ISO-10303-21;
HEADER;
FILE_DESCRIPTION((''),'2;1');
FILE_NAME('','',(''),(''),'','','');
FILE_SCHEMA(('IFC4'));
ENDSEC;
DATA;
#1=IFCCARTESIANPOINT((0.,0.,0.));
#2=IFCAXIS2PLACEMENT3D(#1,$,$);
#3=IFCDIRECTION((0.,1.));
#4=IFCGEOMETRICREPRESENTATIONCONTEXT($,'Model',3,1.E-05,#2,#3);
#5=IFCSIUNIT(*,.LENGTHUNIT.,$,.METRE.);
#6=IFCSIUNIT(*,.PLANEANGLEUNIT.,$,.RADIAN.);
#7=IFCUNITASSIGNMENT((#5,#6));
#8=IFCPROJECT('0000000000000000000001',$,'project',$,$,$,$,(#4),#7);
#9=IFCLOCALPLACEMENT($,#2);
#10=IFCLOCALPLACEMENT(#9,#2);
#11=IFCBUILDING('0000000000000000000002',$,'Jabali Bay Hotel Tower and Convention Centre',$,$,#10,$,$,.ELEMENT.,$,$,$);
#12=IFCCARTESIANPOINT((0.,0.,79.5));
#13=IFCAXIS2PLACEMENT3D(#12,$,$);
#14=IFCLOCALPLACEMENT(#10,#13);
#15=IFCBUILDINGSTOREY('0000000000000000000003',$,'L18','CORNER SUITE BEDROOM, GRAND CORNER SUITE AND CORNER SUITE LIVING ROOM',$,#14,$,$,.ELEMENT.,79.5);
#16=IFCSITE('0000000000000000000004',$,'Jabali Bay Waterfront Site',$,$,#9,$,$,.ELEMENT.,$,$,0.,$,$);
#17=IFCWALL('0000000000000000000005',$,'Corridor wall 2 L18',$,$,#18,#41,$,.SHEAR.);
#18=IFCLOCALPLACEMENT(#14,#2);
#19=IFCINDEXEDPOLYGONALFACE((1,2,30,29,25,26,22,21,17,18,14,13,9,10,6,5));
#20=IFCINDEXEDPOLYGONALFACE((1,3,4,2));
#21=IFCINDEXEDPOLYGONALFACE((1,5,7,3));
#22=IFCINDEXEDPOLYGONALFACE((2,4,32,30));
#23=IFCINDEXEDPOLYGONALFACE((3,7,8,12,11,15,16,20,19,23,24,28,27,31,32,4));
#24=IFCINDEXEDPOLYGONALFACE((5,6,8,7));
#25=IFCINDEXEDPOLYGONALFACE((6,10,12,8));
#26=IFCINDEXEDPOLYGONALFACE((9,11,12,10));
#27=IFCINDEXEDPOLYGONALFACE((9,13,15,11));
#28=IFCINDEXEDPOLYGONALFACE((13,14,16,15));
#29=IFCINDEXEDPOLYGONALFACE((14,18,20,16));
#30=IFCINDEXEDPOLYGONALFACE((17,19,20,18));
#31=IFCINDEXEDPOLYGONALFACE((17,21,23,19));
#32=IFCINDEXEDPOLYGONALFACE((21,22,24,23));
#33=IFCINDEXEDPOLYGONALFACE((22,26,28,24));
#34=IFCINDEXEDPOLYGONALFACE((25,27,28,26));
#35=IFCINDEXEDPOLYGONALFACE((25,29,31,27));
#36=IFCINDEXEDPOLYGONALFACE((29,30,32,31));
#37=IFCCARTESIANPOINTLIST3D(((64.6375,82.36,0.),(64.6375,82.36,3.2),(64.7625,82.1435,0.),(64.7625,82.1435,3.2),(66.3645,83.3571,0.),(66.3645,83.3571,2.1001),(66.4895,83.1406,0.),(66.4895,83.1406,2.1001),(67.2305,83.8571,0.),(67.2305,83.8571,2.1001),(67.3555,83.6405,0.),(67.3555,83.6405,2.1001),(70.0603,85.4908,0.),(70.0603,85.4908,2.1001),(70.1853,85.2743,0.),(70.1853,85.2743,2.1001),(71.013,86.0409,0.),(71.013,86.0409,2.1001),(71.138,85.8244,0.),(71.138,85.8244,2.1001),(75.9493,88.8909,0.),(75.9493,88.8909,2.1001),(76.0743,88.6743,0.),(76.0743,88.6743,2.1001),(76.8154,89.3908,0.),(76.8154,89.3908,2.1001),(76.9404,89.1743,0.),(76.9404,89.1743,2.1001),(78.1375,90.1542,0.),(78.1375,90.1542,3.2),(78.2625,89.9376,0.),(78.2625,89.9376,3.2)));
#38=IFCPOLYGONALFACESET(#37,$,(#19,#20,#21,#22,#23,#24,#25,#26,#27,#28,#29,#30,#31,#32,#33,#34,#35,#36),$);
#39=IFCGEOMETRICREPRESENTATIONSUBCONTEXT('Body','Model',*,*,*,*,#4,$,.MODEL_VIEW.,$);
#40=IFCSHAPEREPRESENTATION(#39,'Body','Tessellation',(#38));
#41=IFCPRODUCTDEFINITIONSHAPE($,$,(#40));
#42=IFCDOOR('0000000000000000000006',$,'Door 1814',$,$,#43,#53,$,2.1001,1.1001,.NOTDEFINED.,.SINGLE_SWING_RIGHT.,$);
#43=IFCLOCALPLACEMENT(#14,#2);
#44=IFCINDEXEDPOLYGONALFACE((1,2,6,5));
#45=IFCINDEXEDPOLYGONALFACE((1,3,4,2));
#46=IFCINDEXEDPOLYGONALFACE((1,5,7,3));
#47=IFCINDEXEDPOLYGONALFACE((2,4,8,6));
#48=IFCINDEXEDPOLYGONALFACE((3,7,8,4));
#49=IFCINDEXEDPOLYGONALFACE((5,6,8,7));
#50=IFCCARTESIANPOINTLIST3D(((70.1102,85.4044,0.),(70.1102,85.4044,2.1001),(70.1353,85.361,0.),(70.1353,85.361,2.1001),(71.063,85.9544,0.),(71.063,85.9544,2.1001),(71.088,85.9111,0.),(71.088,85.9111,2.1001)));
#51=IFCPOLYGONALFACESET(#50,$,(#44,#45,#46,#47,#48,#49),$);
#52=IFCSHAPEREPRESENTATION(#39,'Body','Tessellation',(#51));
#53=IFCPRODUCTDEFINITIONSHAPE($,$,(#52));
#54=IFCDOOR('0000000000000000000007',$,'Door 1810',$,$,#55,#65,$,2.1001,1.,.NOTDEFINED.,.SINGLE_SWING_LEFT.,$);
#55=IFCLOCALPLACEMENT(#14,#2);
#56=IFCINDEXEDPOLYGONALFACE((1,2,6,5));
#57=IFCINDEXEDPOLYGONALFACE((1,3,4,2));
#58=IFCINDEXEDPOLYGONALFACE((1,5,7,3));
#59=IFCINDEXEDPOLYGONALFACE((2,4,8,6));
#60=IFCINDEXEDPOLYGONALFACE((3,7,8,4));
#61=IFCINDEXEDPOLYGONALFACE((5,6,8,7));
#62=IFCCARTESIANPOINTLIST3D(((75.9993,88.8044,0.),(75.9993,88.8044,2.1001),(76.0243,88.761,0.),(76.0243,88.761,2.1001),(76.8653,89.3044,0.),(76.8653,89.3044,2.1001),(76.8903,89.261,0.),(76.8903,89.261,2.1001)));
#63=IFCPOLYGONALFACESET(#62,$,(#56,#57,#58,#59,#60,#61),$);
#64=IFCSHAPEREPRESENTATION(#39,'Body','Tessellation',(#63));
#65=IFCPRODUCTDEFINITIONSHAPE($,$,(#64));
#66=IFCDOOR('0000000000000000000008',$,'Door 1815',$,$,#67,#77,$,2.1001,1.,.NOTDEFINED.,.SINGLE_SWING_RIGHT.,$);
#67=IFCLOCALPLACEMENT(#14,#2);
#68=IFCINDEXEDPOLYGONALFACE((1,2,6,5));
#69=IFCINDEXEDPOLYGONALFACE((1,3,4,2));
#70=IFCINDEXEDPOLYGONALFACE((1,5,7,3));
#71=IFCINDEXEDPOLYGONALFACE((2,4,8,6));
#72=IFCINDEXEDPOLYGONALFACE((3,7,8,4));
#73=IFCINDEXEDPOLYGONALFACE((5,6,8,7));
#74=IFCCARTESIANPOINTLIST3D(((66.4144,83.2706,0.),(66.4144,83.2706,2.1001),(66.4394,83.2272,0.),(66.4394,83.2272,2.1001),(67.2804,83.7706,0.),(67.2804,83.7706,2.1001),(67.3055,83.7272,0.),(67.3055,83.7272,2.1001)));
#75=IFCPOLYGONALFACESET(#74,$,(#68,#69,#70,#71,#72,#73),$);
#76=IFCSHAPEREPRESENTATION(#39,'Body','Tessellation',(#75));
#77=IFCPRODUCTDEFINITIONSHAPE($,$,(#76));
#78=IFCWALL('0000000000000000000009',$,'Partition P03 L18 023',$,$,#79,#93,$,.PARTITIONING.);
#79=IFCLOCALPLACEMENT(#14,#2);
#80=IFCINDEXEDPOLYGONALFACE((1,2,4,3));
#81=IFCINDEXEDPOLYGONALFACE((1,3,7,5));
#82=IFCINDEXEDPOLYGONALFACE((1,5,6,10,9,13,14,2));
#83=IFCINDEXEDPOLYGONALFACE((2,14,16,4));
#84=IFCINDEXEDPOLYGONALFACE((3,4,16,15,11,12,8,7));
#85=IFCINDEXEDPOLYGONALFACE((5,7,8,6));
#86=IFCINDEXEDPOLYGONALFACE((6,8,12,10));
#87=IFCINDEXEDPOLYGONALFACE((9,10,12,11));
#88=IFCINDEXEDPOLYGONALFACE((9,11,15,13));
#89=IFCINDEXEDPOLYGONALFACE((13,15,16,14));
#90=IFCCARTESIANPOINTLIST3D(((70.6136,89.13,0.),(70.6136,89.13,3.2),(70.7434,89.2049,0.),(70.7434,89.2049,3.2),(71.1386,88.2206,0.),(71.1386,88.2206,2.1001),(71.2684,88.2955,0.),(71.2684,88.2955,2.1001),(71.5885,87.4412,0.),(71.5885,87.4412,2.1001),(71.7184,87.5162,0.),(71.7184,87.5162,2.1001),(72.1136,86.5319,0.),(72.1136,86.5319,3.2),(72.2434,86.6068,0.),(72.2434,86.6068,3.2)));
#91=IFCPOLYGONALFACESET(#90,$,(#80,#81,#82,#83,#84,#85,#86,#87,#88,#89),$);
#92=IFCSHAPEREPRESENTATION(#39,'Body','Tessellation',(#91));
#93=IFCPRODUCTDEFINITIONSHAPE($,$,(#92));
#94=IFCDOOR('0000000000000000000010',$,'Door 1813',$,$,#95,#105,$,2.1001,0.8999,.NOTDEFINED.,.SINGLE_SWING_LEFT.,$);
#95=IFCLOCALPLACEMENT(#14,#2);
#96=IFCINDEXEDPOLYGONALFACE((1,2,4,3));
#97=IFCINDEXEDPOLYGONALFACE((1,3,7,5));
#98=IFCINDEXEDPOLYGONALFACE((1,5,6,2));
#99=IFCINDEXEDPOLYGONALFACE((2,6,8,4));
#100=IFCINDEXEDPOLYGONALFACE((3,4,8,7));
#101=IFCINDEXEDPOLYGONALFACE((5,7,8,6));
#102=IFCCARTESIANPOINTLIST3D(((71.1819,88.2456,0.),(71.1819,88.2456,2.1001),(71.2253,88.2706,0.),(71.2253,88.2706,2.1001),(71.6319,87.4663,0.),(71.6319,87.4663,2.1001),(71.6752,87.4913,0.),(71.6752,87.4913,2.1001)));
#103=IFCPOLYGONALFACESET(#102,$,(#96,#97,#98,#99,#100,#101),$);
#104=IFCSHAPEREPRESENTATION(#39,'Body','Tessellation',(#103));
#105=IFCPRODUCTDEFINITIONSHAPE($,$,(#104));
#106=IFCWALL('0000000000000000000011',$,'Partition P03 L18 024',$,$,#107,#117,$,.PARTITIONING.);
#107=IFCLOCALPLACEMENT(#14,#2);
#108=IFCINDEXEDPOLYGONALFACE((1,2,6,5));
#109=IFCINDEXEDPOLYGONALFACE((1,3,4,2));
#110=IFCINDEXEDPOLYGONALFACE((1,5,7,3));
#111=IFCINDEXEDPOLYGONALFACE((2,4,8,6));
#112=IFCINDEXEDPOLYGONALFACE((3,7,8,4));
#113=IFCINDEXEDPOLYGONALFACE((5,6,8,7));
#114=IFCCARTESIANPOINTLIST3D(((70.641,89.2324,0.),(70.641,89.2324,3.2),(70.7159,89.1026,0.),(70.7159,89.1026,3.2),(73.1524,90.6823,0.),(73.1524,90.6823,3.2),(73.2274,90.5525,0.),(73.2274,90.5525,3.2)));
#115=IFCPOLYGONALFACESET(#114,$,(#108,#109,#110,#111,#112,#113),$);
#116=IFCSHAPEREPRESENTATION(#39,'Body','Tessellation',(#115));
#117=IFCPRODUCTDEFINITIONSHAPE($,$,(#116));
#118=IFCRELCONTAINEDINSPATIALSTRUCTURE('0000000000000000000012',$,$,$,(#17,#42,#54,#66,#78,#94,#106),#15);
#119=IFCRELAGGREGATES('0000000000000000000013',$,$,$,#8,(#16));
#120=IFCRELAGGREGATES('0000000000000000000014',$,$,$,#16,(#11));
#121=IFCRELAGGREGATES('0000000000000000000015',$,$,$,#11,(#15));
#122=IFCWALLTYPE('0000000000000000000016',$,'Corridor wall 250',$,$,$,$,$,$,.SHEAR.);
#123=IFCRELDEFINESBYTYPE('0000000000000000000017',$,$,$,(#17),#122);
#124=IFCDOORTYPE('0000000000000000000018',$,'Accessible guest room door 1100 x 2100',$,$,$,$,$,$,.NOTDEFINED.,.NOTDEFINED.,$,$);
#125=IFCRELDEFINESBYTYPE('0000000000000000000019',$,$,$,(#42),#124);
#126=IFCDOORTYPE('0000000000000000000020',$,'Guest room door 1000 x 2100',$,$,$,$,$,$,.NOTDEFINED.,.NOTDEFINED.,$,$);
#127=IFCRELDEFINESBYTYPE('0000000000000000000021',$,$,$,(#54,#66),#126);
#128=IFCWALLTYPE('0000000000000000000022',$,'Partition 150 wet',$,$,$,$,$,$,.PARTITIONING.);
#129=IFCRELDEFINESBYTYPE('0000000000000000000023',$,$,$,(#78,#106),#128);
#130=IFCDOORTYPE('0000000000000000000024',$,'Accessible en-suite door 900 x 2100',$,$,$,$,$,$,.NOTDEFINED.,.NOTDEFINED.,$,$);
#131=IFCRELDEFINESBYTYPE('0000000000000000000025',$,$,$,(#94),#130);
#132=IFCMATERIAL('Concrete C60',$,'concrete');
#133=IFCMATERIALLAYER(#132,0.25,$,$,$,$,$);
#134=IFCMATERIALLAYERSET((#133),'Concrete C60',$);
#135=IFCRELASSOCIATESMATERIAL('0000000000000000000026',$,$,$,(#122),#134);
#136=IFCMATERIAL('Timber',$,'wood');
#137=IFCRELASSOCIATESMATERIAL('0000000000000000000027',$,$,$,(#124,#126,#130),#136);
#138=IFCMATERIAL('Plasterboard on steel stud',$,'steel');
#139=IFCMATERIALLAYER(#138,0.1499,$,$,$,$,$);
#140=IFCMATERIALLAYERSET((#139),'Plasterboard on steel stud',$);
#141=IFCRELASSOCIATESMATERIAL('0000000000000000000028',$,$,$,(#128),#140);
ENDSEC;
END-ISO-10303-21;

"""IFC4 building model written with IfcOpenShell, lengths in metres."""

from ifc_helpers import new_model, si_unit, direction, frame, frame_2d, origin, place, context, subcontext, project, spatial, rectangle, extrude, material, layer, layer_set, type_object, element, fill, save


model = new_model("IFC4")

# Units and contexts
model_context = context("Model", 3, precision=1e-05, world=origin(), true_north=direction((0.0, 1.0)))
body_context = subcontext(model_context, "Body", "Model", "MODEL_VIEW")
ifc_project = project(units=[si_unit("LENGTHUNIT", "METRE"), si_unit("PLANEANGLEUNIT", "RADIAN")], contexts=[model_context])

# Site, building, storey
site_placement = place(None, origin())
site = spatial("IfcSite", under=ifc_project, at=site_placement, Name="Jabali Bay Waterfront Site", CompositionType="ELEMENT", RefElevation=0.0)
building_placement = place(site_placement, origin())
building = spatial("IfcBuilding", under=site, at=building_placement, Name="Jabali Bay Hotel Tower and Convention Centre", CompositionType="ELEMENT")
storey_placement = place(building_placement, frame((0.0, 0.0, 79.5)))
storey = spatial("IfcBuildingStorey", under=building, at=storey_placement, Name="L18", Description="CORNER SUITE BEDROOM, GRAND CORNER SUITE AND CORNER SUITE LIVING ROOM", CompositionType="ELEMENT", Elevation=79.5)

# Shared definitions
ifc_material_1 = material(Name="Concrete C60", Category="concrete")

# Wall, openings, doors
ifc_layer_1 = layer(ifc_material_1, 0.25)
ifc_layer_set_1 = layer_set([ifc_layer_1], Name="Concrete C60")
wall_type_1 = type_object("IfcWallType", Name="Corridor wall 250", PredefinedType="SHEAR", material=ifc_layer_set_1)
wall_1_placement = place(storey_placement, frame((78.2, 90.0459, 0.0), z_axis=(0.0, 0.0, 1.0), x_axis=(-0.866026, -0.499998, 0.0)))
wall_1 = element("IfcWall", 1, at=wall_1_placement, inside=storey, type_object=wall_type_1, Name="Corridor wall 2 L18", PredefinedType="SHEAR", context=body_context, shape_type="SweptSolid", body=[
    extrude(rectangle(XDim=15.5884, YDim=0.25, at=frame_2d((7.7942, 0.0))), origin(), (0.0, 0.0, 1.0), 3.2),
])
opening_1_placement = place(wall_1_placement, frame((1.5266, 0.0, 0.0)))
opening_1 = element("IfcOpeningElement", 2, at=opening_1_placement, cuts=wall_1, PredefinedType="OPENING", context=body_context, shape_type="SweptSolid", body=[
    extrude(rectangle(XDim=1.0, YDim=2.1001, at=frame_2d((0.5, 1.05))), frame((0.0, 0.1355, 0.0), z_axis=(0.0, -1.0, 0.0), x_axis=(1.0, 0.0, 0.0)), (0.0, 0.0, 1.0), 0.271),
])
opening_2_placement = place(wall_1_placement, frame((8.2266, 0.0, 0.0)))
opening_2 = element("IfcOpeningElement", 3, at=opening_2_placement, cuts=wall_1, PredefinedType="OPENING", context=body_context, shape_type="SweptSolid", body=[
    extrude(rectangle(XDim=1.1001, YDim=2.1001, at=frame_2d((0.55, 1.05))), frame((0.0, 0.1355, 0.0), z_axis=(0.0, -1.0, 0.0), x_axis=(1.0, 0.0, 0.0)), (0.0, 0.0, 1.0), 0.271),
])
opening_3_placement = place(wall_1_placement, frame((12.5942, 0.0, 0.0)))
opening_3 = element("IfcOpeningElement", 4, at=opening_3_placement, cuts=wall_1, PredefinedType="OPENING", context=body_context, shape_type="SweptSolid", body=[
    extrude(rectangle(XDim=1.0, YDim=2.1001, at=frame_2d((0.5, 1.05))), frame((0.0, 0.1355, 0.0), z_axis=(0.0, -1.0, 0.0), x_axis=(1.0, 0.0, 0.0)), (0.0, 0.0, 1.0), 0.271),
])
ifc_material_2 = material(Name="Timber", Category="wood")
door_type_1 = type_object("IfcDoorType", Name="Accessible guest room door 1100 x 2100", OperationType="NOTDEFINED", PredefinedType="NOTDEFINED", material=ifc_material_2)
door_1_placement = place(opening_2_placement, origin())
door_1 = element("IfcDoor", 5, at=door_1_placement, inside=storey, type_object=door_type_1, Name="Door 1814", OperationType="SINGLE_SWING_RIGHT", OverallHeight=2.1001, OverallWidth=1.1001, PredefinedType="NOTDEFINED", context=body_context, shape_type="SweptSolid", body=[
    extrude(rectangle(XDim=1.1001, YDim=2.1001, at=frame_2d((0.55, 1.05))), frame((0.0, 0.0249, 0.0), z_axis=(0.0, -1.0, 0.0), x_axis=(1.0, 0.0, 0.0)), (0.0, 0.0, 1.0), 0.05),
])
fill(opening_2, door_1)
door_type_2 = type_object("IfcDoorType", Name="Guest room door 1000 x 2100", OperationType="NOTDEFINED", PredefinedType="NOTDEFINED", material=ifc_material_2)
door_2_placement = place(opening_1_placement, origin())
door_2 = element("IfcDoor", 6, at=door_2_placement, inside=storey, type_object=door_type_2, Name="Door 1810", OperationType="SINGLE_SWING_LEFT", OverallHeight=2.1001, OverallWidth=1.0, PredefinedType="NOTDEFINED", context=body_context, shape_type="SweptSolid", body=[
    extrude(rectangle(XDim=1.0, YDim=2.1001, at=frame_2d((0.5, 1.05))), frame((0.0, 0.0249, 0.0), z_axis=(0.0, -1.0, 0.0), x_axis=(1.0, 0.0, 0.0)), (0.0, 0.0, 1.0), 0.05),
])
fill(opening_1, door_2)
door_3_placement = place(opening_3_placement, origin())
door_3 = element("IfcDoor", 7, at=door_3_placement, inside=storey, type_object=door_type_2, Name="Door 1815", OperationType="SINGLE_SWING_RIGHT", OverallHeight=2.1001, OverallWidth=1.0, PredefinedType="NOTDEFINED", context=body_context, shape_type="SweptSolid", body=[
    extrude(rectangle(XDim=1.0, YDim=2.1001, at=frame_2d((0.5, 1.05))), frame((0.0, 0.0249, 0.0), z_axis=(0.0, -1.0, 0.0), x_axis=(1.0, 0.0, 0.0)), (0.0, 0.0, 1.0), 0.05),
])
fill(opening_3, door_3)

# Wall, opening, door
ifc_material_3 = material(Name="Plasterboard on steel stud", Category="steel")
ifc_layer_2 = layer(ifc_material_3, 0.1499)
ifc_layer_set_2 = layer_set([ifc_layer_2], Name="Plasterboard on steel stud")
wall_type_2 = type_object("IfcWallType", Name="Partition 150 wet", PredefinedType="PARTITIONING", material=ifc_layer_set_2)
wall_2_placement = place(storey_placement, frame((72.1785, 86.5693, 0.0), z_axis=(0.0, 0.0, 1.0), x_axis=(-0.49999, 0.866031, 0.0)))
wall_2 = element("IfcWall", 8, at=wall_2_placement, inside=storey, type_object=wall_type_2, Name="Partition P03 L18 023", PredefinedType="PARTITIONING", context=body_context, shape_type="SweptSolid", body=[
    extrude(rectangle(XDim=3.0, YDim=0.1499, at=frame_2d((1.5, 0.0))), origin(), (0.0, 0.0, 1.0), 3.2),
])
opening_4_placement = place(wall_2_placement, frame((1.05, 0.0, 0.0)))
opening_4 = element("IfcOpeningElement", 9, at=opening_4_placement, cuts=wall_2, PredefinedType="OPENING", context=body_context, shape_type="SweptSolid", body=[
    extrude(rectangle(XDim=0.8999, YDim=2.1001, at=frame_2d((0.45, 1.05))), frame((0.0, 0.0854, 0.0), z_axis=(0.0, -1.0, 0.0), x_axis=(1.0, 0.0, 0.0)), (0.0, 0.0, 1.0), 0.1709),
])
door_type_3 = type_object("IfcDoorType", Name="Accessible en-suite door 900 x 2100", OperationType="NOTDEFINED", PredefinedType="NOTDEFINED", material=ifc_material_2)
door_4_placement = place(opening_4_placement, origin())
door_4 = element("IfcDoor", 10, at=door_4_placement, inside=storey, type_object=door_type_3, Name="Door 1813", OperationType="SINGLE_SWING_LEFT", OverallHeight=2.1001, OverallWidth=0.8999, PredefinedType="NOTDEFINED", context=body_context, shape_type="SweptSolid", body=[
    extrude(rectangle(XDim=0.8999, YDim=2.1001, at=frame_2d((0.45, 1.05))), frame((0.0, 0.0249, 0.0), z_axis=(0.0, -1.0, 0.0), x_axis=(1.0, 0.0, 0.0)), (0.0, 0.0, 1.0), 0.05),
])
fill(opening_4, door_4)

# Wall
wall_3_placement = place(storey_placement, frame((70.6785, 89.1675, 0.0), z_axis=(0.0, 0.0, 1.0), x_axis=(0.866033, 0.499987, 0.0)))
element("IfcWall", 11, at=wall_3_placement, inside=storey, type_object=wall_type_2, Name="Partition P03 L18 024", PredefinedType="PARTITIONING", context=body_context, shape_type="SweptSolid", body=[
    extrude(rectangle(XDim=2.8999, YDim=0.1499, at=frame_2d((1.45, 0.0))), origin(), (0.0, 0.0, 1.0), 3.2),
])

save(model, "model.ifc")
